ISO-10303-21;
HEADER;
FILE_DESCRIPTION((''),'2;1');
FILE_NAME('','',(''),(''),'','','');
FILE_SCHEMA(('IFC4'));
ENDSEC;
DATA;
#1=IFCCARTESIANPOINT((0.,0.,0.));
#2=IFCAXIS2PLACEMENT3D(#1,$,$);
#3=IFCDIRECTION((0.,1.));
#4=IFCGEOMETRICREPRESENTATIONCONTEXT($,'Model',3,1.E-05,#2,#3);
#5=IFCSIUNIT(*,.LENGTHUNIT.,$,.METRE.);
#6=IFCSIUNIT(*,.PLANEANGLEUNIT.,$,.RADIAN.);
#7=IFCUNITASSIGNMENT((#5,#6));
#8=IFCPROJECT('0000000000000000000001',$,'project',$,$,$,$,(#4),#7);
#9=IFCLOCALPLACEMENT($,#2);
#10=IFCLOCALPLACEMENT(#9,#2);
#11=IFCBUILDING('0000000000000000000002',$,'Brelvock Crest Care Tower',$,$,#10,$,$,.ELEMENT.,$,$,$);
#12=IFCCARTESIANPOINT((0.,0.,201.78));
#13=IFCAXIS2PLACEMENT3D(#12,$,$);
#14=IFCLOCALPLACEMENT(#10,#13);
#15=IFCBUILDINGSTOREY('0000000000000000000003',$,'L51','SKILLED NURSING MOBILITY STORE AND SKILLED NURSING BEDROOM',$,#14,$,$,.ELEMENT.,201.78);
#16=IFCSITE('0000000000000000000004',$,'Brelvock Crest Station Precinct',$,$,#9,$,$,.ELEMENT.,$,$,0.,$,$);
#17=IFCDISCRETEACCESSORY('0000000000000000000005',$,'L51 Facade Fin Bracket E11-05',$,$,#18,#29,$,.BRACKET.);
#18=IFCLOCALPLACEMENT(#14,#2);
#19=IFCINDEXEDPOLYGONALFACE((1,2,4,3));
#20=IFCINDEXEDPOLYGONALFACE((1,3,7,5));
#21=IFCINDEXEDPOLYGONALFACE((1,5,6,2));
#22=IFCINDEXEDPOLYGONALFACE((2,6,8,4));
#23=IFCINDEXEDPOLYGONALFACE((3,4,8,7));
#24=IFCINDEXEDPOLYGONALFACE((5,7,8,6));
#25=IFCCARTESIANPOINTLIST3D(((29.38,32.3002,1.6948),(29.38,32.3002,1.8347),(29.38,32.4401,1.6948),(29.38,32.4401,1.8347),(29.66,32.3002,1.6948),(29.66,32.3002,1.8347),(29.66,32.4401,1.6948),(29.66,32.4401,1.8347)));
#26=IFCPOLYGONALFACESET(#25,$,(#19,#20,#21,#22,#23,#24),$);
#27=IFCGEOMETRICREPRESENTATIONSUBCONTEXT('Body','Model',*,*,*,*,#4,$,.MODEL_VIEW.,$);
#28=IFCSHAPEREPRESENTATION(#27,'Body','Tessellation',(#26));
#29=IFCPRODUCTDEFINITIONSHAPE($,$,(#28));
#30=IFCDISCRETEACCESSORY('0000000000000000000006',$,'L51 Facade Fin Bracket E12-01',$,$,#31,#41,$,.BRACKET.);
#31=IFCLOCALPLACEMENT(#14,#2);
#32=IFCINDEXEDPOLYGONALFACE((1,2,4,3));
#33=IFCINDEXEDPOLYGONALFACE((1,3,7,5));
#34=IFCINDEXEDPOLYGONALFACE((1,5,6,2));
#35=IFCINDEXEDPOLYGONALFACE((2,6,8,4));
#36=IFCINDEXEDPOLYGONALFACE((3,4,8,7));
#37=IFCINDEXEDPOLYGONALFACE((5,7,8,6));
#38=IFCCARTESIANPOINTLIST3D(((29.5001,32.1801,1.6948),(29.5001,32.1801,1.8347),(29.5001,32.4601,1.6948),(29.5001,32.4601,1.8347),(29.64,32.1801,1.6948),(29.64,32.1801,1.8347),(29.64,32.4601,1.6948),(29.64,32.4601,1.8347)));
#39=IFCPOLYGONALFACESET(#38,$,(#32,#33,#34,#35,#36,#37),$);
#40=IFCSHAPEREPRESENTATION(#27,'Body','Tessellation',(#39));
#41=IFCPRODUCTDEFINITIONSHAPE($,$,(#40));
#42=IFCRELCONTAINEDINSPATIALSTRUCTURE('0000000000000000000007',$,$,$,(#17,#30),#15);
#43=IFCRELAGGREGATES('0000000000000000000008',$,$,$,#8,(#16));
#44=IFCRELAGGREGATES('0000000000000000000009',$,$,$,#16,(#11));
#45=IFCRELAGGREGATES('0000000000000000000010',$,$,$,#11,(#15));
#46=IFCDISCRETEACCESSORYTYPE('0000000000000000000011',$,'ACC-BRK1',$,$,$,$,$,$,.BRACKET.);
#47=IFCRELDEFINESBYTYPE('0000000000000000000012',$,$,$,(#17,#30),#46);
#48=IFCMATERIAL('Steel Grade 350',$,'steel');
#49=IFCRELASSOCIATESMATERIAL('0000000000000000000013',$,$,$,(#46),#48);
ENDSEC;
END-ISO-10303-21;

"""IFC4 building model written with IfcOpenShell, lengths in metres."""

from ifc_helpers import new_model, si_unit, direction, frame, origin, origin_2d, place, context, subcontext, project, spatial, rectangle, extrude, source, transform, mapped, material, type_object, element, save


model = new_model("IFC4")

# Units and contexts
model_context = context("Model", 3, precision=1e-05, world=origin(), true_north=direction((0.0, 1.0)))
body_context = subcontext(model_context, "Body", "Model", "MODEL_VIEW")
ifc_project = project(units=[si_unit("LENGTHUNIT", "METRE"), si_unit("PLANEANGLEUNIT", "RADIAN")], contexts=[model_context])

# Site, building, storey
site_placement = place(None, origin())
site = spatial("IfcSite", under=ifc_project, at=site_placement, Name="Brelvock Crest Station Precinct", CompositionType="ELEMENT", RefElevation=0.0)
building_placement = place(site_placement, origin())
building = spatial("IfcBuilding", under=site, at=building_placement, Name="Brelvock Crest Care Tower", CompositionType="ELEMENT")
storey_placement = place(building_placement, frame((0.0, 0.0, 201.78)))
storey = spatial("IfcBuildingStorey", under=building, at=storey_placement, Name="L51", Description="SKILLED NURSING MOBILITY STORE AND SKILLED NURSING BEDROOM", CompositionType="ELEMENT", Elevation=201.78)

# Shared definitions
ifc_material_1 = material(Name="Steel Grade 350", Category="steel")

# Discrete accessories
discrete_accessory_type = type_object("IfcDiscreteAccessoryType", Name="ACC-BRK1", PredefinedType="BRACKET", material=ifc_material_1)
shared_shape_1 = source(origin(), body_context, "Body", "SweptSolid", [
    extrude(rectangle(XDim=0.28, YDim=0.1399, at=origin_2d()), origin(), (0.0, 0.0, 1.0), 0.1399),
])
for number, where, z_axis, x_axis, name in (
    (1, (29.52, 32.3701, 1.6948), (0.0, 0.0, 1.0), (-1.0, 0.0, 0.0), "L51 Facade Fin Bracket E11-05"),
    (2, (29.5701, 32.3201, 1.6948), (0.0, 0.0, 1.0), (0.0, -1.0, 0.0), "L51 Facade Fin Bracket E12-01"),
):
    element("IfcDiscreteAccessory", number, at=place(storey_placement, frame(where, z_axis=z_axis, x_axis=x_axis)), inside=storey, type_object=discrete_accessory_type, Name=name, PredefinedType="BRACKET", context=body_context, shape_type="MappedRepresentation", body=[
        mapped(shared_shape_1, transform((0.0, 0.0, 0.0), x_axis=(1.0, 0.0, 0.0), y_axis=(0.0, 1.0, 0.0), z_axis=(0.0, 0.0, 1.0), scale=1.0)),
    ])

save(model, "model.ifc")
